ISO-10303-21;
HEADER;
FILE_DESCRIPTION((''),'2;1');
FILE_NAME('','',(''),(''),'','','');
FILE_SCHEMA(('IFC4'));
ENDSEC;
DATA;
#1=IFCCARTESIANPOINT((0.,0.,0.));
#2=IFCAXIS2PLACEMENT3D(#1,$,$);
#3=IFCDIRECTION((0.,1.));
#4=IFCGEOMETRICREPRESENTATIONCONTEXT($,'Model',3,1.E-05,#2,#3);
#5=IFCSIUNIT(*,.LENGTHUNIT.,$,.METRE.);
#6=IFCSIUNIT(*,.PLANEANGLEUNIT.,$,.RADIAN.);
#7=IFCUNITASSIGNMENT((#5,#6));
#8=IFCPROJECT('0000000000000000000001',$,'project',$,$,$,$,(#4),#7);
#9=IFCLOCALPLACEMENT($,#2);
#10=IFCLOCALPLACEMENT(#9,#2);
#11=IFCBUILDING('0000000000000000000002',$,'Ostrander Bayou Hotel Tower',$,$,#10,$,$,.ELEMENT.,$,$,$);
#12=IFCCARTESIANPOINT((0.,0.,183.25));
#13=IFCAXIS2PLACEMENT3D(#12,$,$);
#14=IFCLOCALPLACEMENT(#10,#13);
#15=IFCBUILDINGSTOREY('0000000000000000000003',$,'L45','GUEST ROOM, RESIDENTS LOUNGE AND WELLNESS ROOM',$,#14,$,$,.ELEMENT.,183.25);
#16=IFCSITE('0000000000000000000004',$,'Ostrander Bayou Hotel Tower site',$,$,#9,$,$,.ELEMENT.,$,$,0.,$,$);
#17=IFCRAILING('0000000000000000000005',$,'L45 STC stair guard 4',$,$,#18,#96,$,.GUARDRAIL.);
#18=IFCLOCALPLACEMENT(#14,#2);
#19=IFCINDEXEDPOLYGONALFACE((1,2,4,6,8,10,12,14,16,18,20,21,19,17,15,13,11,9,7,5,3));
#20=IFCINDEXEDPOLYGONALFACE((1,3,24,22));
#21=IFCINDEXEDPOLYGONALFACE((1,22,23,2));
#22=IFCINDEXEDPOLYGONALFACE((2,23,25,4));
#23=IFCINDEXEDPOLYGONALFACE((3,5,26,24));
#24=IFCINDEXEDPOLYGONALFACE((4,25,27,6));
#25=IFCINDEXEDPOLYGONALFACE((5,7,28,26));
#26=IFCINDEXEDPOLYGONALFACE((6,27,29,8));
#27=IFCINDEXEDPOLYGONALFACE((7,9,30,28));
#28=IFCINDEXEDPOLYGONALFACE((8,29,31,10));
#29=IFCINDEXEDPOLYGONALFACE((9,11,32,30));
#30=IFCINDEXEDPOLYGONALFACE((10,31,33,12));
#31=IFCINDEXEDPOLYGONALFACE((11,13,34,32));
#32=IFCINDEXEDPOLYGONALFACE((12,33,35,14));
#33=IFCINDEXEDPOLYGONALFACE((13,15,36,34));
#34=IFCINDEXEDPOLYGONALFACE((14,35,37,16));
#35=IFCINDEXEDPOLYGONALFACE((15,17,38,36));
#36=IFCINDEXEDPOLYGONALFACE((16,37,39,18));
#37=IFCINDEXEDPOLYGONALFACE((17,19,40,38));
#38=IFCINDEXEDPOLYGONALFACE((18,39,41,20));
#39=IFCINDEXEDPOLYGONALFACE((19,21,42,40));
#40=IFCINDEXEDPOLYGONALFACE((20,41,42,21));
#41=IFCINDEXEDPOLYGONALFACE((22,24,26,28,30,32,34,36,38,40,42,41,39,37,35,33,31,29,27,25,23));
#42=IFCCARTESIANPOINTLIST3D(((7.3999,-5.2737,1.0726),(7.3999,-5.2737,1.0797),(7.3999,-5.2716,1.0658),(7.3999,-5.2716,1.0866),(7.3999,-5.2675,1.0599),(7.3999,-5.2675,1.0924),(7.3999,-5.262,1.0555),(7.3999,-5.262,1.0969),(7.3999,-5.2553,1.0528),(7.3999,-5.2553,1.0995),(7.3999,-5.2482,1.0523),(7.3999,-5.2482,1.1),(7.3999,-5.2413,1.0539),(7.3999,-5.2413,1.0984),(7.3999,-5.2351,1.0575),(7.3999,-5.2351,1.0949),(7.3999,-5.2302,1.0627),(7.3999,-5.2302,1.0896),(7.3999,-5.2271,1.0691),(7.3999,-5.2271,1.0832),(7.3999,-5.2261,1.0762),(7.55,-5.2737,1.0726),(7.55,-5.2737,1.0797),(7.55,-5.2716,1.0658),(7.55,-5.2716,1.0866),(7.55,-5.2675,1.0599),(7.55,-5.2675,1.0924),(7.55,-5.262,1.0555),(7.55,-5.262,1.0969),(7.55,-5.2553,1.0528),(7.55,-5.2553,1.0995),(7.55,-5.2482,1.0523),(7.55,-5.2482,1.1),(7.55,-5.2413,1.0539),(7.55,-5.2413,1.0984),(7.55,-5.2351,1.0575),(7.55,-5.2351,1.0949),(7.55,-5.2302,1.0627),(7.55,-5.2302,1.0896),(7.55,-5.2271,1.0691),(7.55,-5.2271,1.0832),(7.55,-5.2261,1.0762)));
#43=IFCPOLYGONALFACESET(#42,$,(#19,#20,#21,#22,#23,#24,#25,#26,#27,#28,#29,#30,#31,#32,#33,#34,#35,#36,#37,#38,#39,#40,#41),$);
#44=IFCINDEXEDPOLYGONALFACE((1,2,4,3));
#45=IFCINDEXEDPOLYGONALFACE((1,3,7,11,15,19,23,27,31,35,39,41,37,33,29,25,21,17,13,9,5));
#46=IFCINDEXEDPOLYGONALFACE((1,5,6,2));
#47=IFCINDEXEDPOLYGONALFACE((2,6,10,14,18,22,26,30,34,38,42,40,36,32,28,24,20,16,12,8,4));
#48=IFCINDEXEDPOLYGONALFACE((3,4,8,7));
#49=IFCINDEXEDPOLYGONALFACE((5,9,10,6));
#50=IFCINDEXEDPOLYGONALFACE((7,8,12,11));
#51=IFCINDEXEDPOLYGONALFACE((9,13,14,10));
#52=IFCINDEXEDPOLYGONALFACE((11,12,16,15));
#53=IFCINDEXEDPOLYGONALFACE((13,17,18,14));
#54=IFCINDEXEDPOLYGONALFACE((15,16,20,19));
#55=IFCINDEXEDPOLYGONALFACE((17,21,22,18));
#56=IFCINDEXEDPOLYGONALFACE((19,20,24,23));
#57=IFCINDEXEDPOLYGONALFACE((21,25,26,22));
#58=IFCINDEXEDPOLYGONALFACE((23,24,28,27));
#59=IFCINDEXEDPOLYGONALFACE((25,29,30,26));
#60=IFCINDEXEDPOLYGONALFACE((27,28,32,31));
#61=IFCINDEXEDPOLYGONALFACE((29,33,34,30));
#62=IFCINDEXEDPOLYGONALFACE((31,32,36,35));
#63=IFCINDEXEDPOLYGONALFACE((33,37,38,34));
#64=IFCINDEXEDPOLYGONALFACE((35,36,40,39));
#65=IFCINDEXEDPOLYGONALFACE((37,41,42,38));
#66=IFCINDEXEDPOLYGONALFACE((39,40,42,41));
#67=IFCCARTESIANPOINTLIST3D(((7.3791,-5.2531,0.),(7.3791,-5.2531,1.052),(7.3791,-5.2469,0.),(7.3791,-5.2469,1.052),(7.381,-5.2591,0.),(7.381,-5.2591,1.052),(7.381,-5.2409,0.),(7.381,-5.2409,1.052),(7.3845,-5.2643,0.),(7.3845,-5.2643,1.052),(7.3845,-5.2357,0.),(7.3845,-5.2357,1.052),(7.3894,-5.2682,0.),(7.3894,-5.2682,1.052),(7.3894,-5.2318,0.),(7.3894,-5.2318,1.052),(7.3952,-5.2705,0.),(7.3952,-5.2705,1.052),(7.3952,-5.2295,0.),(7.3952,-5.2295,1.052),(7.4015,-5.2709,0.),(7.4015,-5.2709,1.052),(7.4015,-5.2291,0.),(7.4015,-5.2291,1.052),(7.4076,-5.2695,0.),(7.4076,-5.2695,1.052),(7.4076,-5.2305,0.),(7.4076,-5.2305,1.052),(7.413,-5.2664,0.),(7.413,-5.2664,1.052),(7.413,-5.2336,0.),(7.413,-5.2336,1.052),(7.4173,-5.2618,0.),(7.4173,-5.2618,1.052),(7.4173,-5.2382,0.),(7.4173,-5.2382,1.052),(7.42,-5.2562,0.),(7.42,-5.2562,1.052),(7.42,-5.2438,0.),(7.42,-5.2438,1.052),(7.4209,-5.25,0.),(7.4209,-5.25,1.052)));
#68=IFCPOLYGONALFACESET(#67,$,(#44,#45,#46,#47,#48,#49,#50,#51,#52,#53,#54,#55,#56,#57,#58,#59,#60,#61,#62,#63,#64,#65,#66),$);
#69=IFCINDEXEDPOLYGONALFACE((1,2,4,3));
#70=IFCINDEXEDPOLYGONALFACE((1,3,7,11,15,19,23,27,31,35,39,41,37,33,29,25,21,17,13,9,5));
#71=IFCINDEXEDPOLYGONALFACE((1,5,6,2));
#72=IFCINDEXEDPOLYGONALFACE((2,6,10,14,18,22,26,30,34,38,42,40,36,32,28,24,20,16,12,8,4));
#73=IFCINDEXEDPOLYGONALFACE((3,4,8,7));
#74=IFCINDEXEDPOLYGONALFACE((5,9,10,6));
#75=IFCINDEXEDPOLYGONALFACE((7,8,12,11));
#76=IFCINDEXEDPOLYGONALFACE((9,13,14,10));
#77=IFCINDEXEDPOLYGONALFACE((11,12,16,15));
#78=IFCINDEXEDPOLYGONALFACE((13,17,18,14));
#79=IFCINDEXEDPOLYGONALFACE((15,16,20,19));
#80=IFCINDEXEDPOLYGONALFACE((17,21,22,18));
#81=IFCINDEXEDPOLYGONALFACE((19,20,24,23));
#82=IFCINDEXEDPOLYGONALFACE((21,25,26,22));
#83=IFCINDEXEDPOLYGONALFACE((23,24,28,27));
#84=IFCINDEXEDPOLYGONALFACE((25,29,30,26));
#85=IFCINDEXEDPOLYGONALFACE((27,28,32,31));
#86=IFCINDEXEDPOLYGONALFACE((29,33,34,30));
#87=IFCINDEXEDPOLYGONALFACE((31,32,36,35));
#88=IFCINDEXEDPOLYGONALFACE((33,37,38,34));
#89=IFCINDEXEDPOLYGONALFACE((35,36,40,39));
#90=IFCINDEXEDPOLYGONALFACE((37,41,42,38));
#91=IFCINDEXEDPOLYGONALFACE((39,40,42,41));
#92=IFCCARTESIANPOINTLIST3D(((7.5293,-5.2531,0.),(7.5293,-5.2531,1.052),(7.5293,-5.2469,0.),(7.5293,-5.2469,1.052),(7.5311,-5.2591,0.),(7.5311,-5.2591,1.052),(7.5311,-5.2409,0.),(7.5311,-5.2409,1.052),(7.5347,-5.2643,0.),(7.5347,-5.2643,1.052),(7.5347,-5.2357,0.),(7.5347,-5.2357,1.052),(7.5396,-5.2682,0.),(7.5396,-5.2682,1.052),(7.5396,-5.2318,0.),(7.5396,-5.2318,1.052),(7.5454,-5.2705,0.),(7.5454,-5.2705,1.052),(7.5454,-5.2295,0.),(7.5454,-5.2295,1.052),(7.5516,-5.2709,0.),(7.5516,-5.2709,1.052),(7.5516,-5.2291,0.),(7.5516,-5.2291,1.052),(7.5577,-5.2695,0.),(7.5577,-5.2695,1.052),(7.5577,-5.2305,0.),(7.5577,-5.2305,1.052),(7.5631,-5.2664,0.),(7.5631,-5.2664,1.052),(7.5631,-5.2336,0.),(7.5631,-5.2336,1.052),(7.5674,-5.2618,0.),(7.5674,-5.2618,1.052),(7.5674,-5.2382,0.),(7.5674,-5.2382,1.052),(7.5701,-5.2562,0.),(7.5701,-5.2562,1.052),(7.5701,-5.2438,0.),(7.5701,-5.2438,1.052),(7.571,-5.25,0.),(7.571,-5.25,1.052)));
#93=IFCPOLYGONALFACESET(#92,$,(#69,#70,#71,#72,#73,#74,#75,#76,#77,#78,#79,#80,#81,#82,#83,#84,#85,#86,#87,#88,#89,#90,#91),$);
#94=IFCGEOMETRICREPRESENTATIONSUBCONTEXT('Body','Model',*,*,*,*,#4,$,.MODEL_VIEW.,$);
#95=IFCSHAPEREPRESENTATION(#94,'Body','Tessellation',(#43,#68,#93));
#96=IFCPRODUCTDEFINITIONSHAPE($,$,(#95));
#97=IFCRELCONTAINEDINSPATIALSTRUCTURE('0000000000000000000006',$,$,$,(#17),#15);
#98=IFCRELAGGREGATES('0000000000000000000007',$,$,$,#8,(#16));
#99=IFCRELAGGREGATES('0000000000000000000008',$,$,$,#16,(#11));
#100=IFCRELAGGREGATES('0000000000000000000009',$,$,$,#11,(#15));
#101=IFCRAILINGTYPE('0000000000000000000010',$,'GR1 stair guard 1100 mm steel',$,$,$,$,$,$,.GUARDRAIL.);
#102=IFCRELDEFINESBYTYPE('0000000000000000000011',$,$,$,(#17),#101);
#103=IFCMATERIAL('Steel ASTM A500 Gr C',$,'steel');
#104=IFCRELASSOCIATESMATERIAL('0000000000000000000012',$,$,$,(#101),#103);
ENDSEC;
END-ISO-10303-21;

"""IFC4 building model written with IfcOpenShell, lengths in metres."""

from ifc_helpers import new_model, si_unit, direction, frame, origin, origin_2d, place, context, subcontext, project, spatial, circle, extrude, material, type_object, element, save


model = new_model("IFC4")

# Units and contexts
model_context = context("Model", 3, precision=1e-05, world=origin(), true_north=direction((0.0, 1.0)))
body_context = subcontext(model_context, "Body", "Model", "MODEL_VIEW")
ifc_project = project(units=[si_unit("LENGTHUNIT", "METRE"), si_unit("PLANEANGLEUNIT", "RADIAN")], contexts=[model_context])

# Site, building, storey
site_placement = place(None, origin())
site = spatial("IfcSite", under=ifc_project, at=site_placement, Name="Ostrander Bayou Hotel Tower site", CompositionType="ELEMENT", RefElevation=0.0)
building_placement = place(site_placement, origin())
building = spatial("IfcBuilding", under=site, at=building_placement, Name="Ostrander Bayou Hotel Tower", CompositionType="ELEMENT")
storey_placement = place(building_placement, frame((0.0, 0.0, 183.25)))
storey = spatial("IfcBuildingStorey", under=building, at=storey_placement, Name="L45", Description="GUEST ROOM, RESIDENTS LOUNGE AND WELLNESS ROOM", CompositionType="ELEMENT", Elevation=183.25)

# Railing
ifc_material_1 = material(Name="Steel ASTM A500 Gr C", Category="steel")
railing_type_1 = type_object("IfcRailingType", Name="GR1 stair guard 1100 mm steel", PredefinedType="GUARDRAIL", material=ifc_material_1)
railing_1_placement = place(storey_placement, frame((7.3999, -5.25, 0.0)))
element("IfcRailing", 1, at=railing_1_placement, inside=storey, type_object=railing_type_1, Name="L45 STC stair guard 4", PredefinedType="GUARDRAIL", context=body_context, shape_type="SweptSolid", body=[
    extrude(circle(Radius=0.0239, at=origin_2d()), frame((0.0, 0.0, 1.0762), z_axis=(1.0, 0.0, 0.0), x_axis=(0.0, 1.0, 0.0)), (0.0, 0.0, 1.0), 0.1501),
    extrude(circle(Radius=0.021, at=origin_2d()), origin(), (0.0, 0.0, 1.0), 1.052),
    extrude(circle(Radius=0.021, at=origin_2d()), frame((0.1501, 0.0, 0.0)), (0.0, 0.0, 1.0), 1.052),
])

save(model, "model.ifc")
